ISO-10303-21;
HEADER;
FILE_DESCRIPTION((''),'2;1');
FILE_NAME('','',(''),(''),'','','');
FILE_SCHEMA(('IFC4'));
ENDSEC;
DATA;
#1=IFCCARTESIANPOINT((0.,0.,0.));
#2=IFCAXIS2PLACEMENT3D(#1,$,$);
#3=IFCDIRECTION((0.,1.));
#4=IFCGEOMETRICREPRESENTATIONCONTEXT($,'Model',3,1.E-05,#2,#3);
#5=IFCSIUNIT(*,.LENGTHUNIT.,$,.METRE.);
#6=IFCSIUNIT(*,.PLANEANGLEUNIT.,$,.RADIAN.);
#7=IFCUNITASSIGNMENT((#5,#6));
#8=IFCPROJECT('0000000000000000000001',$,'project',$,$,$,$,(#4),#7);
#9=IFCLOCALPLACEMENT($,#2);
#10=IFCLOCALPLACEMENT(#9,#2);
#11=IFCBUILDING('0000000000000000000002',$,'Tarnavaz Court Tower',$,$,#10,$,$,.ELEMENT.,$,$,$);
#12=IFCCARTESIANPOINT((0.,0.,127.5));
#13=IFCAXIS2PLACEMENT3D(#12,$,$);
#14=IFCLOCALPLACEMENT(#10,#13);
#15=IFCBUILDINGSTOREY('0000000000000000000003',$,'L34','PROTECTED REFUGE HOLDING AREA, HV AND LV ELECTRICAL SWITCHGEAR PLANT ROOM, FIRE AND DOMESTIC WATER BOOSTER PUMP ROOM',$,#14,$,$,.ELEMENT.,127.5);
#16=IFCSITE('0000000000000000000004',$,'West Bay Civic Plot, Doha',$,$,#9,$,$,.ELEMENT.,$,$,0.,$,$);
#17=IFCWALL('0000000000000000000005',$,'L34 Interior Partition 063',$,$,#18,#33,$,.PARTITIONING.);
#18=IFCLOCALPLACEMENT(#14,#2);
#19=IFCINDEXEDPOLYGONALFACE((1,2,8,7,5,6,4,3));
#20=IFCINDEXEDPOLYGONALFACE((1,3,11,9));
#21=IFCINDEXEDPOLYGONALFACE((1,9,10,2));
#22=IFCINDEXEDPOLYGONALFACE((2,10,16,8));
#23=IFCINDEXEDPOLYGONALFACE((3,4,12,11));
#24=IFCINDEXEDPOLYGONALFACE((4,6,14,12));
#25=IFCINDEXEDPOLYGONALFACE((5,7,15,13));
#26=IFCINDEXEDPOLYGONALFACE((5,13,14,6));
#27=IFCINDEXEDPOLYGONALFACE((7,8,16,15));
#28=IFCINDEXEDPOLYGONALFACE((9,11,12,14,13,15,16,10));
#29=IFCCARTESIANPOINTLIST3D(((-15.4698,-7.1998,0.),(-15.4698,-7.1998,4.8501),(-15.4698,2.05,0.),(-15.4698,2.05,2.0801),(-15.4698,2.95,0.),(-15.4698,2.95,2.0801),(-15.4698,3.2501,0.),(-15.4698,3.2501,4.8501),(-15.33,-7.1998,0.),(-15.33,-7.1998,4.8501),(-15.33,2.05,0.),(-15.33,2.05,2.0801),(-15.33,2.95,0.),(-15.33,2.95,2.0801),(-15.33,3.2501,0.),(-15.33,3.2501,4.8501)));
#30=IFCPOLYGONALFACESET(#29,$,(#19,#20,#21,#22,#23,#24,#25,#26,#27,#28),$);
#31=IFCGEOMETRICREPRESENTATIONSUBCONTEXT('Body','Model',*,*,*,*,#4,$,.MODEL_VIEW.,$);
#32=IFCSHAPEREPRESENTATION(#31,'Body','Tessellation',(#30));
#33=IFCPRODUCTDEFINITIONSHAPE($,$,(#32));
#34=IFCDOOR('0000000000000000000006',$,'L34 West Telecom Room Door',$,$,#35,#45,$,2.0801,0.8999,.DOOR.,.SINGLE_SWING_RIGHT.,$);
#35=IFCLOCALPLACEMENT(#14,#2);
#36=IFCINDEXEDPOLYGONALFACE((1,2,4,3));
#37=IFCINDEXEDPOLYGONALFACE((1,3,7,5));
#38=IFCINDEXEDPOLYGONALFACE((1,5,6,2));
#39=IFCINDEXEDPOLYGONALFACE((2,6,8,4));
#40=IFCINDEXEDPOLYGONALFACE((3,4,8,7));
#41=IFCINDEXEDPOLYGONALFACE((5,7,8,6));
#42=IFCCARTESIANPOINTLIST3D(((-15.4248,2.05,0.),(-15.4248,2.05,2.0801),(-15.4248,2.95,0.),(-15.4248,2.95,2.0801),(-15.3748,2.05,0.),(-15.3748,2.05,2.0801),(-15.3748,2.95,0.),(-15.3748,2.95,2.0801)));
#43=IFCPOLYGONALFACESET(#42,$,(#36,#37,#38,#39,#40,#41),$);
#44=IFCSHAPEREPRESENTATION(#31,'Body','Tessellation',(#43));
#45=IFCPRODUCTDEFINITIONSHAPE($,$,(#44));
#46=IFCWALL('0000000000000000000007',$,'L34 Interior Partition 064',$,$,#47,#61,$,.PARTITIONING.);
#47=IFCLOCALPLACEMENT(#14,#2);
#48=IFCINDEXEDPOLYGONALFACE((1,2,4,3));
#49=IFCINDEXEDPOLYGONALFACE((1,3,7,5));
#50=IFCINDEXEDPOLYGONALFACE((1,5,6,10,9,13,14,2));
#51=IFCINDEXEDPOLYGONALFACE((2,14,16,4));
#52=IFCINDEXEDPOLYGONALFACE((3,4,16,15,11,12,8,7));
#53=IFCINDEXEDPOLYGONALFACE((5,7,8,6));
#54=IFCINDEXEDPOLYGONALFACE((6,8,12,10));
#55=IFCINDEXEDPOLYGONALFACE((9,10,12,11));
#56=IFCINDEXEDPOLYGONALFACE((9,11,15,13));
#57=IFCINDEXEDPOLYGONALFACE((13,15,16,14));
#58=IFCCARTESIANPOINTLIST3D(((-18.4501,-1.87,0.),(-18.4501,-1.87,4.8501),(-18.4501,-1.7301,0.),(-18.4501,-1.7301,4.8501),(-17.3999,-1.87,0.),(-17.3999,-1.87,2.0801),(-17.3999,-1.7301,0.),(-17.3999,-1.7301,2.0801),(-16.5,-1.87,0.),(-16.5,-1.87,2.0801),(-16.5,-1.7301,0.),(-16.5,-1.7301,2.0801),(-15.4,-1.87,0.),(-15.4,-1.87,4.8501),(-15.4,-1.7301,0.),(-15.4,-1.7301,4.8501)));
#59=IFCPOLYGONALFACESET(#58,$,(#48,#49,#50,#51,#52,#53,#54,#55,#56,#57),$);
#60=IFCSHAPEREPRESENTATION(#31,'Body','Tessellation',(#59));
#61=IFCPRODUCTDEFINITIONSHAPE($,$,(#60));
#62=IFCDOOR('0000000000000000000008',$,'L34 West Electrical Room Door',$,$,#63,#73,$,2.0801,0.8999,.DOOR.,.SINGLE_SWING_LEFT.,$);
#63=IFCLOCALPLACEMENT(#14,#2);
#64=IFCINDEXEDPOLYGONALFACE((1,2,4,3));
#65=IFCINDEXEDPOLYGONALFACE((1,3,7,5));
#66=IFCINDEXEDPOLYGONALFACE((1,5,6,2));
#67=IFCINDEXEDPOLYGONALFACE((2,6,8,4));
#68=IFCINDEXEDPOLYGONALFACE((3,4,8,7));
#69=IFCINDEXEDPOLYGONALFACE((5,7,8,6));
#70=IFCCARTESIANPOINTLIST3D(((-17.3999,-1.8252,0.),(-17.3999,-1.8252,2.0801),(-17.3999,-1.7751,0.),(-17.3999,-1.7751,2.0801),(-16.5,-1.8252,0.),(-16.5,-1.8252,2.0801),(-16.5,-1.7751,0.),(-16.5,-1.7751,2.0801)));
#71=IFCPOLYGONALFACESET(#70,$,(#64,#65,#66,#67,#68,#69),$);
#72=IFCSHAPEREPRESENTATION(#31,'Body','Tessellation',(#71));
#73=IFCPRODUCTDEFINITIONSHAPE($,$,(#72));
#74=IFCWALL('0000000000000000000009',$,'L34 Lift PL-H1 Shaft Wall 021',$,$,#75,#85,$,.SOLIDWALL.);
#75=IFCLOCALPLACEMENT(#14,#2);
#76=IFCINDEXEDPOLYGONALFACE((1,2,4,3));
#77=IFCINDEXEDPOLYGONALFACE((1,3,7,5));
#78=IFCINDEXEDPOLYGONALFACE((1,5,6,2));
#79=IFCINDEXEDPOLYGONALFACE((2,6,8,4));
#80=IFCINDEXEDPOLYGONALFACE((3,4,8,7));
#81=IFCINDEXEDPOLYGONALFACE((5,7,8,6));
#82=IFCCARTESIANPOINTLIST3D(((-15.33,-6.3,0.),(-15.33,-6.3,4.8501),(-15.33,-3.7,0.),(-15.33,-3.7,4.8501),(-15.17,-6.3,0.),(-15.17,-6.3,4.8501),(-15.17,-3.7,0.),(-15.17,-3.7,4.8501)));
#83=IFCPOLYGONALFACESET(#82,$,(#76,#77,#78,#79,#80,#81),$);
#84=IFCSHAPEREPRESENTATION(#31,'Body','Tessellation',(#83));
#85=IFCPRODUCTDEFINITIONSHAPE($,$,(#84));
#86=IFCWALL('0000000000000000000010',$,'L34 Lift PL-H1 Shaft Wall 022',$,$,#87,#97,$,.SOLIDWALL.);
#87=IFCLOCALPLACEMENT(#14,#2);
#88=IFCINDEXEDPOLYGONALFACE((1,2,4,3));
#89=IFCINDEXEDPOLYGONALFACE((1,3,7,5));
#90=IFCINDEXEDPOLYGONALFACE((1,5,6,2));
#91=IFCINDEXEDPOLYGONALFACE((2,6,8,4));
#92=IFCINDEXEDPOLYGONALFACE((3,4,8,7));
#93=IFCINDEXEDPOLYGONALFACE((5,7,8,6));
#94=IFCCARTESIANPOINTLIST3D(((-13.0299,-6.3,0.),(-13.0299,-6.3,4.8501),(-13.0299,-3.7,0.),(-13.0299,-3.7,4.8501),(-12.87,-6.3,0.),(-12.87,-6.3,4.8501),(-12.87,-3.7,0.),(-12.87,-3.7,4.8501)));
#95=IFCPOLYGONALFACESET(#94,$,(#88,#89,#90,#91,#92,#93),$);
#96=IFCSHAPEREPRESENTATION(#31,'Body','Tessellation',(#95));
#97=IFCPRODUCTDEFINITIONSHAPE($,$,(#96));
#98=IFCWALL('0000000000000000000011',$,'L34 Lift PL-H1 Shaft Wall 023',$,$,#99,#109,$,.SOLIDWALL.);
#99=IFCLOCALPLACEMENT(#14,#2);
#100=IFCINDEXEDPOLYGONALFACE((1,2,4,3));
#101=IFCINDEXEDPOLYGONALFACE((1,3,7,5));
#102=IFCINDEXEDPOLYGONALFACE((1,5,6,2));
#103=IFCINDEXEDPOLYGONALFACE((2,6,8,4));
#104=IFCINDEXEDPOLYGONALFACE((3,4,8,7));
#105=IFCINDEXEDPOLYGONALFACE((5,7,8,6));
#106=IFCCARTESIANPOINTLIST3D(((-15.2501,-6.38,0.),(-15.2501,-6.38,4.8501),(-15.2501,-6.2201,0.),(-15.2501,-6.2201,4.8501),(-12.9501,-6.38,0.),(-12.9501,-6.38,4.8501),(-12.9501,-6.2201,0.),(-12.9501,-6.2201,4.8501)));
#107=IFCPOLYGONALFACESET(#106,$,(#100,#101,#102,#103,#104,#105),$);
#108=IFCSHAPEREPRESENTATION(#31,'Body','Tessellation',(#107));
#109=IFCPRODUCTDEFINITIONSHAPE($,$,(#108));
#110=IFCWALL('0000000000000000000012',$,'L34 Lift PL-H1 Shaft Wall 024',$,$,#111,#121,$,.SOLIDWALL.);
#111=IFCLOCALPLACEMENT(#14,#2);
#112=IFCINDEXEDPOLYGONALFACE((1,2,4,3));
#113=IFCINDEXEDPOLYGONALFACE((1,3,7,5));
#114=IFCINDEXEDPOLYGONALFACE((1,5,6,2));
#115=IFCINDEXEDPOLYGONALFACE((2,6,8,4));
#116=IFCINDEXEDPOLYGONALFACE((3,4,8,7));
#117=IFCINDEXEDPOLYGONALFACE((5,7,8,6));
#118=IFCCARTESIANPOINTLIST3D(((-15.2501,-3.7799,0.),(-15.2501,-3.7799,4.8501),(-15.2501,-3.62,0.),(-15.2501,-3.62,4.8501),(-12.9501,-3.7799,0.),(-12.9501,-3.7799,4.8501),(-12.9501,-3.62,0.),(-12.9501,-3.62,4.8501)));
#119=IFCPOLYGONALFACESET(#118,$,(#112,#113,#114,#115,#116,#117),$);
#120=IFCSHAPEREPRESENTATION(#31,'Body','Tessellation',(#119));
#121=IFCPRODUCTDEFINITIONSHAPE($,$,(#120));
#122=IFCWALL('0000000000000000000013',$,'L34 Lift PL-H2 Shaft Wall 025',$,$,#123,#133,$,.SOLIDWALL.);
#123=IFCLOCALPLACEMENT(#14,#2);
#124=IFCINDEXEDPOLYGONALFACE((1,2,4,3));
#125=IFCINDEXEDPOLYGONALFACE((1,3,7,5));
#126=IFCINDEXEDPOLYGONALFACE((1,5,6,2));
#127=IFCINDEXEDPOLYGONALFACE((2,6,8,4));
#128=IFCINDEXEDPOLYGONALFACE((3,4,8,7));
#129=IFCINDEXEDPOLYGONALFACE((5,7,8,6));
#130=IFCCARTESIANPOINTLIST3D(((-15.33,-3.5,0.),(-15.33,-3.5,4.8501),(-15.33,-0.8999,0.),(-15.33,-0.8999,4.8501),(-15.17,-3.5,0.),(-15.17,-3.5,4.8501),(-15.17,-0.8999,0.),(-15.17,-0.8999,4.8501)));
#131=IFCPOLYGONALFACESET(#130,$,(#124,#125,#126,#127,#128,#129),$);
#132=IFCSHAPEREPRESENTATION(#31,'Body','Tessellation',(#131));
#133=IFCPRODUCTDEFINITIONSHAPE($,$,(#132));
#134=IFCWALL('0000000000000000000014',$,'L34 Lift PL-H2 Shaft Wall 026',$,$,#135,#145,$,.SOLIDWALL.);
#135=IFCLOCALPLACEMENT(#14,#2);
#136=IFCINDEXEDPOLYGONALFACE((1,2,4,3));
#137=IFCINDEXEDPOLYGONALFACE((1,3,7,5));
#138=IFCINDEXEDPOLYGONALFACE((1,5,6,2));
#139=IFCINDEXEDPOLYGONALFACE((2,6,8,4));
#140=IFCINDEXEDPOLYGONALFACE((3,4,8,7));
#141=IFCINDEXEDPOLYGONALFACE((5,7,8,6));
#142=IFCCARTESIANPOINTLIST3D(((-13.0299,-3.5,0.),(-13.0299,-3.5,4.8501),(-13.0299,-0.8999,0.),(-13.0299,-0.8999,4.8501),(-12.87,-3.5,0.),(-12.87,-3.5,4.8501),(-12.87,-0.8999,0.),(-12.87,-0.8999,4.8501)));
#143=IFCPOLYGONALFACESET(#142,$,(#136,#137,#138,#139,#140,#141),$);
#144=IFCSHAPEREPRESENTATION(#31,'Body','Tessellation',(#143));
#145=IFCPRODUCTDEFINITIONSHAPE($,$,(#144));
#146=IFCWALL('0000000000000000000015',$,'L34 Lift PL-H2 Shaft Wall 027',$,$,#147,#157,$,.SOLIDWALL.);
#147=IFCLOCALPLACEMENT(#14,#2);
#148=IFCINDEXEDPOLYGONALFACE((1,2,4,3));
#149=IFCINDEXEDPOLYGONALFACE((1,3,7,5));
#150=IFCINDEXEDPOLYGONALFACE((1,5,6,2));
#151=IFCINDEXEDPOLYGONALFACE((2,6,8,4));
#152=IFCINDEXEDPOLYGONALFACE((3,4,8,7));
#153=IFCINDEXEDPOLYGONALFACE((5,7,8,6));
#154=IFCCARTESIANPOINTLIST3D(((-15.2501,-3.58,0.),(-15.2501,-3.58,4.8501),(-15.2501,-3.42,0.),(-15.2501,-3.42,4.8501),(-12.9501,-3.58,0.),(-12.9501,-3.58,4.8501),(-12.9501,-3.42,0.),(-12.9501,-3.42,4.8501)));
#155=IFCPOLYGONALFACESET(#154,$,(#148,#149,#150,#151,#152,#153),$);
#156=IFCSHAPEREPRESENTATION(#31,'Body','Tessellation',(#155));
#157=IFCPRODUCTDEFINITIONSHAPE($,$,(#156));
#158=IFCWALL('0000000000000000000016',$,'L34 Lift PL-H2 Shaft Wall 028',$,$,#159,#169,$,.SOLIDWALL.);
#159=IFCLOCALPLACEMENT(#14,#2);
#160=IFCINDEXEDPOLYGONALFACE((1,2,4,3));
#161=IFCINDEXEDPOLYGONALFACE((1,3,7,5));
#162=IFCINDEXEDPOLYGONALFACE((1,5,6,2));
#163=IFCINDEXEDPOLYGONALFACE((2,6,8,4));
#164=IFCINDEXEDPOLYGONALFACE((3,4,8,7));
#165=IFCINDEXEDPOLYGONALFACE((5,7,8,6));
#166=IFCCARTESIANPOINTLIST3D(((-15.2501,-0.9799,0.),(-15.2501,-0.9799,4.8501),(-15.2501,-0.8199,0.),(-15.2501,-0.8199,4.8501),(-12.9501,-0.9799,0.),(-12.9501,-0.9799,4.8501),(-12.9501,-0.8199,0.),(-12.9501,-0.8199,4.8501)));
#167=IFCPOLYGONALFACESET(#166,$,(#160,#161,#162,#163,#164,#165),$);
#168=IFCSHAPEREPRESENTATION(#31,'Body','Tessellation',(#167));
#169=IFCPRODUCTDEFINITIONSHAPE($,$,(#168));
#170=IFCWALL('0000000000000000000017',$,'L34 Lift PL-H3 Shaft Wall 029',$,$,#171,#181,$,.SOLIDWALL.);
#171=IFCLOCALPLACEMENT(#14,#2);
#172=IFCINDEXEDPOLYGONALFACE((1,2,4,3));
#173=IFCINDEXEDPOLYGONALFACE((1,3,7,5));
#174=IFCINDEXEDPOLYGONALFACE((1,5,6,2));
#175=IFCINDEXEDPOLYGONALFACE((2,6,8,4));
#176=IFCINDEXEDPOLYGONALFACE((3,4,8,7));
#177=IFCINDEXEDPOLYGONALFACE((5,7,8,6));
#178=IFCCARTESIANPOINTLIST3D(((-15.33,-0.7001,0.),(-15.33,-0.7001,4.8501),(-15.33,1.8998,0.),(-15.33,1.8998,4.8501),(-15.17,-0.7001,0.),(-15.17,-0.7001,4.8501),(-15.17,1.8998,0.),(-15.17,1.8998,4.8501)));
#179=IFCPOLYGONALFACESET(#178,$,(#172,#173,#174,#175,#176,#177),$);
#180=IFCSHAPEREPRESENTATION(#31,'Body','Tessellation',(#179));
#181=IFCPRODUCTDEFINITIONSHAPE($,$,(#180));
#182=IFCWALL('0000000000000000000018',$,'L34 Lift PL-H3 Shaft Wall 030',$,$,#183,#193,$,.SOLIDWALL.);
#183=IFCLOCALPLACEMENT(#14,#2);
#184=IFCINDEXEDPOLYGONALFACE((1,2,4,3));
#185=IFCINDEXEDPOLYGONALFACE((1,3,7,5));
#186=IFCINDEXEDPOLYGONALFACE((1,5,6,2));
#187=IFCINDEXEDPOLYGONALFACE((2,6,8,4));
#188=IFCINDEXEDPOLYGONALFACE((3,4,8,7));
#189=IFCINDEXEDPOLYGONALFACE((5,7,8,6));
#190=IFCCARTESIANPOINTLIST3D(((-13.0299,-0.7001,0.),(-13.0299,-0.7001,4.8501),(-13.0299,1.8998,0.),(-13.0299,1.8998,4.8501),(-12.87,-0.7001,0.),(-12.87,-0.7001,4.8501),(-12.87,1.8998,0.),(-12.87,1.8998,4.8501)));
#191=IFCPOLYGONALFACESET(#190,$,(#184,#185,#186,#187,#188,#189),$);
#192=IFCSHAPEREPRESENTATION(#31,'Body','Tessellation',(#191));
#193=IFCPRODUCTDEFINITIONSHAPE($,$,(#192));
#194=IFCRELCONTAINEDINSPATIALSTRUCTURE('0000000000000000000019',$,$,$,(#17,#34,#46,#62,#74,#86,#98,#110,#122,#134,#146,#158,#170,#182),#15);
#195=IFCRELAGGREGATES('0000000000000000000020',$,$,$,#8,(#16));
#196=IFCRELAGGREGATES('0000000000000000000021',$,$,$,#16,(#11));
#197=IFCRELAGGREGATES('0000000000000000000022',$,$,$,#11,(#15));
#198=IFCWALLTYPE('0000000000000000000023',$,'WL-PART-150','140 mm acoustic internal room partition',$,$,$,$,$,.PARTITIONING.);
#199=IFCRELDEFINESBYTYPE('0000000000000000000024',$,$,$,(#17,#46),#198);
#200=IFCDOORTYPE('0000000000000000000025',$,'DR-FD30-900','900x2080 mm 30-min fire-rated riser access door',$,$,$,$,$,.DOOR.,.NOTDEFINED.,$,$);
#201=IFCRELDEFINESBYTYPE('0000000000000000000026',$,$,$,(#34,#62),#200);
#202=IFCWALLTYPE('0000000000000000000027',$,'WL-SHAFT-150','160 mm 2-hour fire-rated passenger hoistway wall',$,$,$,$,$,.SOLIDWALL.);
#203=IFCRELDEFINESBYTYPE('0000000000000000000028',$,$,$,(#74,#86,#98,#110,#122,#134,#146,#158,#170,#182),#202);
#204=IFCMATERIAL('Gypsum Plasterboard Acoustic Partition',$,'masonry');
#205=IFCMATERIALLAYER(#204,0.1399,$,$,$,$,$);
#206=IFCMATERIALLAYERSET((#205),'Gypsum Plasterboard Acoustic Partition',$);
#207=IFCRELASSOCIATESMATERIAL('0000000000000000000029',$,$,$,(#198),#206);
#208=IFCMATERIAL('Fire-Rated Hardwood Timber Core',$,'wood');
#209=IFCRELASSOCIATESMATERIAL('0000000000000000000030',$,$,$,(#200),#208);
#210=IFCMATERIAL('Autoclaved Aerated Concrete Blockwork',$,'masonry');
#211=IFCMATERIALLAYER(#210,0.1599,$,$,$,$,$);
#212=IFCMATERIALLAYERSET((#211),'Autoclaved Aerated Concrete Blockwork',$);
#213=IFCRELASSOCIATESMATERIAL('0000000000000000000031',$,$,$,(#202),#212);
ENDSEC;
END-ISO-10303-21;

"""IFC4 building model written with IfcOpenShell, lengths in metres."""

from ifc_helpers import new_model, si_unit, direction, frame, frame_2d, origin, place, context, subcontext, project, spatial, rectangle, extrude, material, layer, layer_set, type_object, element, fill, save


model = new_model("IFC4")

# Units and contexts
model_context = context("Model", 3, precision=1e-05, world=origin(), true_north=direction((0.0, 1.0)))
body_context = subcontext(model_context, "Body", "Model", "MODEL_VIEW")
ifc_project = project(units=[si_unit("LENGTHUNIT", "METRE"), si_unit("PLANEANGLEUNIT", "RADIAN")], contexts=[model_context])

# Site, building, storey
site_placement = place(None, origin())
site = spatial("IfcSite", under=ifc_project, at=site_placement, Name="West Bay Civic Plot, Doha", CompositionType="ELEMENT", RefElevation=0.0)
building_placement = place(site_placement, origin())
building = spatial("IfcBuilding", under=site, at=building_placement, Name="Tarnavaz Court Tower", CompositionType="ELEMENT")
storey_placement = place(building_placement, frame((0.0, 0.0, 127.5)))
storey = spatial("IfcBuildingStorey", under=building, at=storey_placement, Name="L34", Description="PROTECTED REFUGE HOLDING AREA, HV AND LV ELECTRICAL SWITCHGEAR PLANT ROOM, FIRE AND DOMESTIC WATER BOOSTER PUMP ROOM", CompositionType="ELEMENT", Elevation=127.5)

# Shared definitions
ifc_material_1 = material(Name="Gypsum Plasterboard Acoustic Partition", Category="masonry")
ifc_layer_1 = layer(ifc_material_1, 0.1399)
ifc_layer_set_1 = layer_set([ifc_layer_1], Name="Gypsum Plasterboard Acoustic Partition")
wall_type_1 = type_object("IfcWallType", Name="WL-PART-150", Description="140 mm acoustic internal room partition", PredefinedType="PARTITIONING", material=ifc_layer_set_1)

# Walls, openings, doors
ifc_material_2 = material(Name="Fire-Rated Hardwood Timber Core", Category="wood")
door_type = type_object("IfcDoorType", Name="DR-FD30-900", Description="900x2080 mm 30-min fire-rated riser access door", OperationType="NOTDEFINED", PredefinedType="DOOR", material=ifc_material_2)
wall_1_placement = place(storey_placement, frame((-15.3999, -7.2, 0.0), z_axis=(0.0, 0.0, 1.0), x_axis=(0.0, 1.0, 0.0)))
wall_1 = element("IfcWall", 1, at=wall_1_placement, inside=storey, type_object=wall_type_1, Name="L34 Interior Partition 063", PredefinedType="PARTITIONING", context=body_context, shape_type="SweptSolid", body=[
    extrude(rectangle(XDim=10.45, YDim=0.1399, at=frame_2d((5.2251, 0.0))), origin(), (0.0, 0.0, 1.0), 4.8501),
])
opening_1_placement = place(wall_1_placement, frame((9.25, 0.0, 0.0)))
opening_1 = element("IfcOpeningElement", 2, at=opening_1_placement, cuts=wall_1, PredefinedType="OPENING", context=body_context, shape_type="SweptSolid", body=[
    extrude(rectangle(XDim=0.8999, YDim=2.0801, at=frame_2d((0.45, 1.04))), frame((0.0, 0.0798, 0.0), z_axis=(0.0, -1.0, 0.0), x_axis=(1.0, 0.0, 0.0)), (0.0, 0.0, 1.0), 0.1599),
])
door_1_placement = place(opening_1_placement, origin())
door_1 = element("IfcDoor", 3, at=door_1_placement, inside=storey, type_object=door_type, Name="L34 West Telecom Room Door", OperationType="SINGLE_SWING_RIGHT", OverallHeight=2.0801, OverallWidth=0.8999, PredefinedType="DOOR", context=body_context, shape_type="SweptSolid", body=[
    extrude(rectangle(XDim=0.8999, YDim=2.0801, at=frame_2d((0.45, 1.04))), frame((0.0, 0.0249, 0.0), z_axis=(0.0, -1.0, 0.0), x_axis=(1.0, 0.0, 0.0)), (0.0, 0.0, 1.0), 0.05),
])
fill(opening_1, door_1)
wall_2_placement = place(storey_placement, frame((-18.45, -1.8, 0.0), z_axis=(0.0, 0.0, 1.0), x_axis=(1.0, 0.0, 0.0)))
wall_2 = element("IfcWall", 4, at=wall_2_placement, inside=storey, type_object=wall_type_1, Name="L34 Interior Partition 064", PredefinedType="PARTITIONING", context=body_context, shape_type="SweptSolid", body=[
    extrude(rectangle(XDim=3.05, YDim=0.1399, at=frame_2d((1.5249, 0.0))), origin(), (0.0, 0.0, 1.0), 4.8501),
])
opening_2_placement = place(wall_2_placement, frame((1.05, 0.0, 0.0)))
opening_2 = element("IfcOpeningElement", 5, at=opening_2_placement, cuts=wall_2, PredefinedType="OPENING", context=body_context, shape_type="SweptSolid", body=[
    extrude(rectangle(XDim=0.8999, YDim=2.0801, at=frame_2d((0.45, 1.04))), frame((0.0, 0.0798, 0.0), z_axis=(0.0, -1.0, 0.0), x_axis=(1.0, 0.0, 0.0)), (0.0, 0.0, 1.0), 0.1599),
])
door_2_placement = place(opening_2_placement, origin())
door_2 = element("IfcDoor", 6, at=door_2_placement, inside=storey, type_object=door_type, Name="L34 West Electrical Room Door", OperationType="SINGLE_SWING_LEFT", OverallHeight=2.0801, OverallWidth=0.8999, PredefinedType="DOOR", context=body_context, shape_type="SweptSolid", body=[
    extrude(rectangle(XDim=0.8999, YDim=2.0801, at=frame_2d((0.45, 1.04))), frame((0.0, 0.0249, 0.0), z_axis=(0.0, -1.0, 0.0), x_axis=(1.0, 0.0, 0.0)), (0.0, 0.0, 1.0), 0.05),
])
fill(opening_2, door_2)

# Walls
ifc_material_3 = material(Name="Autoclaved Aerated Concrete Blockwork", Category="masonry")
ifc_layer_2 = layer(ifc_material_3, 0.1599)
ifc_layer_set_2 = layer_set([ifc_layer_2], Name="Autoclaved Aerated Concrete Blockwork")
wall_type_2 = type_object("IfcWallType", Name="WL-SHAFT-150", Description="160 mm 2-hour fire-rated passenger hoistway wall", PredefinedType="SOLIDWALL", material=ifc_layer_set_2)
for number, where, z_axis, x_axis, name in (
    (7, (-15.25, -6.3, 0.0), (0.0, 0.0, 1.0), (0.0, 1.0, 0.0), "L34 Lift PL-H1 Shaft Wall 021"),
    (8, (-12.95, -6.3, 0.0), (0.0, 0.0, 1.0), (0.0, 1.0, 0.0), "L34 Lift PL-H1 Shaft Wall 022"),
):
    element("IfcWall", number, at=place(storey_placement, frame(where, z_axis=z_axis, x_axis=x_axis)), inside=storey, type_object=wall_type_2, Name=name, PredefinedType="SOLIDWALL", context=body_context, shape_type="SweptSolid", body=[
        extrude(rectangle(XDim=2.6001, YDim=0.1599, at=frame_2d((1.3, 0.0))), origin(), (0.0, 0.0, 1.0), 4.8501),
    ])
for number, where, z_axis, x_axis, name in (
    (9, (-15.25, -6.3, 0.0), (0.0, 0.0, 1.0), (1.0, 0.0, 0.0), "L34 Lift PL-H1 Shaft Wall 023"),
    (10, (-15.25, -3.7, 0.0), (0.0, 0.0, 1.0), (1.0, 0.0, 0.0), "L34 Lift PL-H1 Shaft Wall 024"),
):
    element("IfcWall", number, at=place(storey_placement, frame(where, z_axis=z_axis, x_axis=x_axis)), inside=storey, type_object=wall_type_2, Name=name, PredefinedType="SOLIDWALL", context=body_context, shape_type="SweptSolid", body=[
        extrude(rectangle(XDim=2.3, YDim=0.1599, at=frame_2d((1.1499, 0.0))), origin(), (0.0, 0.0, 1.0), 4.8501),
    ])
for number, where, z_axis, x_axis, name in (
    (11, (-15.25, -3.5, 0.0), (0.0, 0.0, 1.0), (0.0, 1.0, 0.0), "L34 Lift PL-H2 Shaft Wall 025"),
    (12, (-12.95, -3.5, 0.0), (0.0, 0.0, 1.0), (0.0, 1.0, 0.0), "L34 Lift PL-H2 Shaft Wall 026"),
):
    element("IfcWall", number, at=place(storey_placement, frame(where, z_axis=z_axis, x_axis=x_axis)), inside=storey, type_object=wall_type_2, Name=name, PredefinedType="SOLIDWALL", context=body_context, shape_type="SweptSolid", body=[
        extrude(rectangle(XDim=2.6001, YDim=0.1599, at=frame_2d((1.3, 0.0))), origin(), (0.0, 0.0, 1.0), 4.8501),
    ])
for number, where, z_axis, x_axis, name in (
    (13, (-15.25, -3.5, 0.0), (0.0, 0.0, 1.0), (1.0, 0.0, 0.0), "L34 Lift PL-H2 Shaft Wall 027"),
    (14, (-15.25, -0.8999, 0.0), (0.0, 0.0, 1.0), (1.0, 0.0, 0.0), "L34 Lift PL-H2 Shaft Wall 028"),
):
    element("IfcWall", number, at=place(storey_placement, frame(where, z_axis=z_axis, x_axis=x_axis)), inside=storey, type_object=wall_type_2, Name=name, PredefinedType="SOLIDWALL", context=body_context, shape_type="SweptSolid", body=[
        extrude(rectangle(XDim=2.3, YDim=0.1599, at=frame_2d((1.1499, 0.0))), origin(), (0.0, 0.0, 1.0), 4.8501),
    ])
for number, where, z_axis, x_axis, name in (
    (15, (-15.25, -0.7, 0.0), (0.0, 0.0, 1.0), (0.0, 1.0, 0.0), "L34 Lift PL-H3 Shaft Wall 029"),
    (16, (-12.95, -0.7, 0.0), (0.0, 0.0, 1.0), (0.0, 1.0, 0.0), "L34 Lift PL-H3 Shaft Wall 030"),
):
    element("IfcWall", number, at=place(storey_placement, frame(where, z_axis=z_axis, x_axis=x_axis)), inside=storey, type_object=wall_type_2, Name=name, PredefinedType="SOLIDWALL", context=body_context, shape_type="SweptSolid", body=[
        extrude(rectangle(XDim=2.5999, YDim=0.1599, at=frame_2d((1.2998, 0.0))), origin(), (0.0, 0.0, 1.0), 4.8501),
    ])

save(model, "model.ifc")
